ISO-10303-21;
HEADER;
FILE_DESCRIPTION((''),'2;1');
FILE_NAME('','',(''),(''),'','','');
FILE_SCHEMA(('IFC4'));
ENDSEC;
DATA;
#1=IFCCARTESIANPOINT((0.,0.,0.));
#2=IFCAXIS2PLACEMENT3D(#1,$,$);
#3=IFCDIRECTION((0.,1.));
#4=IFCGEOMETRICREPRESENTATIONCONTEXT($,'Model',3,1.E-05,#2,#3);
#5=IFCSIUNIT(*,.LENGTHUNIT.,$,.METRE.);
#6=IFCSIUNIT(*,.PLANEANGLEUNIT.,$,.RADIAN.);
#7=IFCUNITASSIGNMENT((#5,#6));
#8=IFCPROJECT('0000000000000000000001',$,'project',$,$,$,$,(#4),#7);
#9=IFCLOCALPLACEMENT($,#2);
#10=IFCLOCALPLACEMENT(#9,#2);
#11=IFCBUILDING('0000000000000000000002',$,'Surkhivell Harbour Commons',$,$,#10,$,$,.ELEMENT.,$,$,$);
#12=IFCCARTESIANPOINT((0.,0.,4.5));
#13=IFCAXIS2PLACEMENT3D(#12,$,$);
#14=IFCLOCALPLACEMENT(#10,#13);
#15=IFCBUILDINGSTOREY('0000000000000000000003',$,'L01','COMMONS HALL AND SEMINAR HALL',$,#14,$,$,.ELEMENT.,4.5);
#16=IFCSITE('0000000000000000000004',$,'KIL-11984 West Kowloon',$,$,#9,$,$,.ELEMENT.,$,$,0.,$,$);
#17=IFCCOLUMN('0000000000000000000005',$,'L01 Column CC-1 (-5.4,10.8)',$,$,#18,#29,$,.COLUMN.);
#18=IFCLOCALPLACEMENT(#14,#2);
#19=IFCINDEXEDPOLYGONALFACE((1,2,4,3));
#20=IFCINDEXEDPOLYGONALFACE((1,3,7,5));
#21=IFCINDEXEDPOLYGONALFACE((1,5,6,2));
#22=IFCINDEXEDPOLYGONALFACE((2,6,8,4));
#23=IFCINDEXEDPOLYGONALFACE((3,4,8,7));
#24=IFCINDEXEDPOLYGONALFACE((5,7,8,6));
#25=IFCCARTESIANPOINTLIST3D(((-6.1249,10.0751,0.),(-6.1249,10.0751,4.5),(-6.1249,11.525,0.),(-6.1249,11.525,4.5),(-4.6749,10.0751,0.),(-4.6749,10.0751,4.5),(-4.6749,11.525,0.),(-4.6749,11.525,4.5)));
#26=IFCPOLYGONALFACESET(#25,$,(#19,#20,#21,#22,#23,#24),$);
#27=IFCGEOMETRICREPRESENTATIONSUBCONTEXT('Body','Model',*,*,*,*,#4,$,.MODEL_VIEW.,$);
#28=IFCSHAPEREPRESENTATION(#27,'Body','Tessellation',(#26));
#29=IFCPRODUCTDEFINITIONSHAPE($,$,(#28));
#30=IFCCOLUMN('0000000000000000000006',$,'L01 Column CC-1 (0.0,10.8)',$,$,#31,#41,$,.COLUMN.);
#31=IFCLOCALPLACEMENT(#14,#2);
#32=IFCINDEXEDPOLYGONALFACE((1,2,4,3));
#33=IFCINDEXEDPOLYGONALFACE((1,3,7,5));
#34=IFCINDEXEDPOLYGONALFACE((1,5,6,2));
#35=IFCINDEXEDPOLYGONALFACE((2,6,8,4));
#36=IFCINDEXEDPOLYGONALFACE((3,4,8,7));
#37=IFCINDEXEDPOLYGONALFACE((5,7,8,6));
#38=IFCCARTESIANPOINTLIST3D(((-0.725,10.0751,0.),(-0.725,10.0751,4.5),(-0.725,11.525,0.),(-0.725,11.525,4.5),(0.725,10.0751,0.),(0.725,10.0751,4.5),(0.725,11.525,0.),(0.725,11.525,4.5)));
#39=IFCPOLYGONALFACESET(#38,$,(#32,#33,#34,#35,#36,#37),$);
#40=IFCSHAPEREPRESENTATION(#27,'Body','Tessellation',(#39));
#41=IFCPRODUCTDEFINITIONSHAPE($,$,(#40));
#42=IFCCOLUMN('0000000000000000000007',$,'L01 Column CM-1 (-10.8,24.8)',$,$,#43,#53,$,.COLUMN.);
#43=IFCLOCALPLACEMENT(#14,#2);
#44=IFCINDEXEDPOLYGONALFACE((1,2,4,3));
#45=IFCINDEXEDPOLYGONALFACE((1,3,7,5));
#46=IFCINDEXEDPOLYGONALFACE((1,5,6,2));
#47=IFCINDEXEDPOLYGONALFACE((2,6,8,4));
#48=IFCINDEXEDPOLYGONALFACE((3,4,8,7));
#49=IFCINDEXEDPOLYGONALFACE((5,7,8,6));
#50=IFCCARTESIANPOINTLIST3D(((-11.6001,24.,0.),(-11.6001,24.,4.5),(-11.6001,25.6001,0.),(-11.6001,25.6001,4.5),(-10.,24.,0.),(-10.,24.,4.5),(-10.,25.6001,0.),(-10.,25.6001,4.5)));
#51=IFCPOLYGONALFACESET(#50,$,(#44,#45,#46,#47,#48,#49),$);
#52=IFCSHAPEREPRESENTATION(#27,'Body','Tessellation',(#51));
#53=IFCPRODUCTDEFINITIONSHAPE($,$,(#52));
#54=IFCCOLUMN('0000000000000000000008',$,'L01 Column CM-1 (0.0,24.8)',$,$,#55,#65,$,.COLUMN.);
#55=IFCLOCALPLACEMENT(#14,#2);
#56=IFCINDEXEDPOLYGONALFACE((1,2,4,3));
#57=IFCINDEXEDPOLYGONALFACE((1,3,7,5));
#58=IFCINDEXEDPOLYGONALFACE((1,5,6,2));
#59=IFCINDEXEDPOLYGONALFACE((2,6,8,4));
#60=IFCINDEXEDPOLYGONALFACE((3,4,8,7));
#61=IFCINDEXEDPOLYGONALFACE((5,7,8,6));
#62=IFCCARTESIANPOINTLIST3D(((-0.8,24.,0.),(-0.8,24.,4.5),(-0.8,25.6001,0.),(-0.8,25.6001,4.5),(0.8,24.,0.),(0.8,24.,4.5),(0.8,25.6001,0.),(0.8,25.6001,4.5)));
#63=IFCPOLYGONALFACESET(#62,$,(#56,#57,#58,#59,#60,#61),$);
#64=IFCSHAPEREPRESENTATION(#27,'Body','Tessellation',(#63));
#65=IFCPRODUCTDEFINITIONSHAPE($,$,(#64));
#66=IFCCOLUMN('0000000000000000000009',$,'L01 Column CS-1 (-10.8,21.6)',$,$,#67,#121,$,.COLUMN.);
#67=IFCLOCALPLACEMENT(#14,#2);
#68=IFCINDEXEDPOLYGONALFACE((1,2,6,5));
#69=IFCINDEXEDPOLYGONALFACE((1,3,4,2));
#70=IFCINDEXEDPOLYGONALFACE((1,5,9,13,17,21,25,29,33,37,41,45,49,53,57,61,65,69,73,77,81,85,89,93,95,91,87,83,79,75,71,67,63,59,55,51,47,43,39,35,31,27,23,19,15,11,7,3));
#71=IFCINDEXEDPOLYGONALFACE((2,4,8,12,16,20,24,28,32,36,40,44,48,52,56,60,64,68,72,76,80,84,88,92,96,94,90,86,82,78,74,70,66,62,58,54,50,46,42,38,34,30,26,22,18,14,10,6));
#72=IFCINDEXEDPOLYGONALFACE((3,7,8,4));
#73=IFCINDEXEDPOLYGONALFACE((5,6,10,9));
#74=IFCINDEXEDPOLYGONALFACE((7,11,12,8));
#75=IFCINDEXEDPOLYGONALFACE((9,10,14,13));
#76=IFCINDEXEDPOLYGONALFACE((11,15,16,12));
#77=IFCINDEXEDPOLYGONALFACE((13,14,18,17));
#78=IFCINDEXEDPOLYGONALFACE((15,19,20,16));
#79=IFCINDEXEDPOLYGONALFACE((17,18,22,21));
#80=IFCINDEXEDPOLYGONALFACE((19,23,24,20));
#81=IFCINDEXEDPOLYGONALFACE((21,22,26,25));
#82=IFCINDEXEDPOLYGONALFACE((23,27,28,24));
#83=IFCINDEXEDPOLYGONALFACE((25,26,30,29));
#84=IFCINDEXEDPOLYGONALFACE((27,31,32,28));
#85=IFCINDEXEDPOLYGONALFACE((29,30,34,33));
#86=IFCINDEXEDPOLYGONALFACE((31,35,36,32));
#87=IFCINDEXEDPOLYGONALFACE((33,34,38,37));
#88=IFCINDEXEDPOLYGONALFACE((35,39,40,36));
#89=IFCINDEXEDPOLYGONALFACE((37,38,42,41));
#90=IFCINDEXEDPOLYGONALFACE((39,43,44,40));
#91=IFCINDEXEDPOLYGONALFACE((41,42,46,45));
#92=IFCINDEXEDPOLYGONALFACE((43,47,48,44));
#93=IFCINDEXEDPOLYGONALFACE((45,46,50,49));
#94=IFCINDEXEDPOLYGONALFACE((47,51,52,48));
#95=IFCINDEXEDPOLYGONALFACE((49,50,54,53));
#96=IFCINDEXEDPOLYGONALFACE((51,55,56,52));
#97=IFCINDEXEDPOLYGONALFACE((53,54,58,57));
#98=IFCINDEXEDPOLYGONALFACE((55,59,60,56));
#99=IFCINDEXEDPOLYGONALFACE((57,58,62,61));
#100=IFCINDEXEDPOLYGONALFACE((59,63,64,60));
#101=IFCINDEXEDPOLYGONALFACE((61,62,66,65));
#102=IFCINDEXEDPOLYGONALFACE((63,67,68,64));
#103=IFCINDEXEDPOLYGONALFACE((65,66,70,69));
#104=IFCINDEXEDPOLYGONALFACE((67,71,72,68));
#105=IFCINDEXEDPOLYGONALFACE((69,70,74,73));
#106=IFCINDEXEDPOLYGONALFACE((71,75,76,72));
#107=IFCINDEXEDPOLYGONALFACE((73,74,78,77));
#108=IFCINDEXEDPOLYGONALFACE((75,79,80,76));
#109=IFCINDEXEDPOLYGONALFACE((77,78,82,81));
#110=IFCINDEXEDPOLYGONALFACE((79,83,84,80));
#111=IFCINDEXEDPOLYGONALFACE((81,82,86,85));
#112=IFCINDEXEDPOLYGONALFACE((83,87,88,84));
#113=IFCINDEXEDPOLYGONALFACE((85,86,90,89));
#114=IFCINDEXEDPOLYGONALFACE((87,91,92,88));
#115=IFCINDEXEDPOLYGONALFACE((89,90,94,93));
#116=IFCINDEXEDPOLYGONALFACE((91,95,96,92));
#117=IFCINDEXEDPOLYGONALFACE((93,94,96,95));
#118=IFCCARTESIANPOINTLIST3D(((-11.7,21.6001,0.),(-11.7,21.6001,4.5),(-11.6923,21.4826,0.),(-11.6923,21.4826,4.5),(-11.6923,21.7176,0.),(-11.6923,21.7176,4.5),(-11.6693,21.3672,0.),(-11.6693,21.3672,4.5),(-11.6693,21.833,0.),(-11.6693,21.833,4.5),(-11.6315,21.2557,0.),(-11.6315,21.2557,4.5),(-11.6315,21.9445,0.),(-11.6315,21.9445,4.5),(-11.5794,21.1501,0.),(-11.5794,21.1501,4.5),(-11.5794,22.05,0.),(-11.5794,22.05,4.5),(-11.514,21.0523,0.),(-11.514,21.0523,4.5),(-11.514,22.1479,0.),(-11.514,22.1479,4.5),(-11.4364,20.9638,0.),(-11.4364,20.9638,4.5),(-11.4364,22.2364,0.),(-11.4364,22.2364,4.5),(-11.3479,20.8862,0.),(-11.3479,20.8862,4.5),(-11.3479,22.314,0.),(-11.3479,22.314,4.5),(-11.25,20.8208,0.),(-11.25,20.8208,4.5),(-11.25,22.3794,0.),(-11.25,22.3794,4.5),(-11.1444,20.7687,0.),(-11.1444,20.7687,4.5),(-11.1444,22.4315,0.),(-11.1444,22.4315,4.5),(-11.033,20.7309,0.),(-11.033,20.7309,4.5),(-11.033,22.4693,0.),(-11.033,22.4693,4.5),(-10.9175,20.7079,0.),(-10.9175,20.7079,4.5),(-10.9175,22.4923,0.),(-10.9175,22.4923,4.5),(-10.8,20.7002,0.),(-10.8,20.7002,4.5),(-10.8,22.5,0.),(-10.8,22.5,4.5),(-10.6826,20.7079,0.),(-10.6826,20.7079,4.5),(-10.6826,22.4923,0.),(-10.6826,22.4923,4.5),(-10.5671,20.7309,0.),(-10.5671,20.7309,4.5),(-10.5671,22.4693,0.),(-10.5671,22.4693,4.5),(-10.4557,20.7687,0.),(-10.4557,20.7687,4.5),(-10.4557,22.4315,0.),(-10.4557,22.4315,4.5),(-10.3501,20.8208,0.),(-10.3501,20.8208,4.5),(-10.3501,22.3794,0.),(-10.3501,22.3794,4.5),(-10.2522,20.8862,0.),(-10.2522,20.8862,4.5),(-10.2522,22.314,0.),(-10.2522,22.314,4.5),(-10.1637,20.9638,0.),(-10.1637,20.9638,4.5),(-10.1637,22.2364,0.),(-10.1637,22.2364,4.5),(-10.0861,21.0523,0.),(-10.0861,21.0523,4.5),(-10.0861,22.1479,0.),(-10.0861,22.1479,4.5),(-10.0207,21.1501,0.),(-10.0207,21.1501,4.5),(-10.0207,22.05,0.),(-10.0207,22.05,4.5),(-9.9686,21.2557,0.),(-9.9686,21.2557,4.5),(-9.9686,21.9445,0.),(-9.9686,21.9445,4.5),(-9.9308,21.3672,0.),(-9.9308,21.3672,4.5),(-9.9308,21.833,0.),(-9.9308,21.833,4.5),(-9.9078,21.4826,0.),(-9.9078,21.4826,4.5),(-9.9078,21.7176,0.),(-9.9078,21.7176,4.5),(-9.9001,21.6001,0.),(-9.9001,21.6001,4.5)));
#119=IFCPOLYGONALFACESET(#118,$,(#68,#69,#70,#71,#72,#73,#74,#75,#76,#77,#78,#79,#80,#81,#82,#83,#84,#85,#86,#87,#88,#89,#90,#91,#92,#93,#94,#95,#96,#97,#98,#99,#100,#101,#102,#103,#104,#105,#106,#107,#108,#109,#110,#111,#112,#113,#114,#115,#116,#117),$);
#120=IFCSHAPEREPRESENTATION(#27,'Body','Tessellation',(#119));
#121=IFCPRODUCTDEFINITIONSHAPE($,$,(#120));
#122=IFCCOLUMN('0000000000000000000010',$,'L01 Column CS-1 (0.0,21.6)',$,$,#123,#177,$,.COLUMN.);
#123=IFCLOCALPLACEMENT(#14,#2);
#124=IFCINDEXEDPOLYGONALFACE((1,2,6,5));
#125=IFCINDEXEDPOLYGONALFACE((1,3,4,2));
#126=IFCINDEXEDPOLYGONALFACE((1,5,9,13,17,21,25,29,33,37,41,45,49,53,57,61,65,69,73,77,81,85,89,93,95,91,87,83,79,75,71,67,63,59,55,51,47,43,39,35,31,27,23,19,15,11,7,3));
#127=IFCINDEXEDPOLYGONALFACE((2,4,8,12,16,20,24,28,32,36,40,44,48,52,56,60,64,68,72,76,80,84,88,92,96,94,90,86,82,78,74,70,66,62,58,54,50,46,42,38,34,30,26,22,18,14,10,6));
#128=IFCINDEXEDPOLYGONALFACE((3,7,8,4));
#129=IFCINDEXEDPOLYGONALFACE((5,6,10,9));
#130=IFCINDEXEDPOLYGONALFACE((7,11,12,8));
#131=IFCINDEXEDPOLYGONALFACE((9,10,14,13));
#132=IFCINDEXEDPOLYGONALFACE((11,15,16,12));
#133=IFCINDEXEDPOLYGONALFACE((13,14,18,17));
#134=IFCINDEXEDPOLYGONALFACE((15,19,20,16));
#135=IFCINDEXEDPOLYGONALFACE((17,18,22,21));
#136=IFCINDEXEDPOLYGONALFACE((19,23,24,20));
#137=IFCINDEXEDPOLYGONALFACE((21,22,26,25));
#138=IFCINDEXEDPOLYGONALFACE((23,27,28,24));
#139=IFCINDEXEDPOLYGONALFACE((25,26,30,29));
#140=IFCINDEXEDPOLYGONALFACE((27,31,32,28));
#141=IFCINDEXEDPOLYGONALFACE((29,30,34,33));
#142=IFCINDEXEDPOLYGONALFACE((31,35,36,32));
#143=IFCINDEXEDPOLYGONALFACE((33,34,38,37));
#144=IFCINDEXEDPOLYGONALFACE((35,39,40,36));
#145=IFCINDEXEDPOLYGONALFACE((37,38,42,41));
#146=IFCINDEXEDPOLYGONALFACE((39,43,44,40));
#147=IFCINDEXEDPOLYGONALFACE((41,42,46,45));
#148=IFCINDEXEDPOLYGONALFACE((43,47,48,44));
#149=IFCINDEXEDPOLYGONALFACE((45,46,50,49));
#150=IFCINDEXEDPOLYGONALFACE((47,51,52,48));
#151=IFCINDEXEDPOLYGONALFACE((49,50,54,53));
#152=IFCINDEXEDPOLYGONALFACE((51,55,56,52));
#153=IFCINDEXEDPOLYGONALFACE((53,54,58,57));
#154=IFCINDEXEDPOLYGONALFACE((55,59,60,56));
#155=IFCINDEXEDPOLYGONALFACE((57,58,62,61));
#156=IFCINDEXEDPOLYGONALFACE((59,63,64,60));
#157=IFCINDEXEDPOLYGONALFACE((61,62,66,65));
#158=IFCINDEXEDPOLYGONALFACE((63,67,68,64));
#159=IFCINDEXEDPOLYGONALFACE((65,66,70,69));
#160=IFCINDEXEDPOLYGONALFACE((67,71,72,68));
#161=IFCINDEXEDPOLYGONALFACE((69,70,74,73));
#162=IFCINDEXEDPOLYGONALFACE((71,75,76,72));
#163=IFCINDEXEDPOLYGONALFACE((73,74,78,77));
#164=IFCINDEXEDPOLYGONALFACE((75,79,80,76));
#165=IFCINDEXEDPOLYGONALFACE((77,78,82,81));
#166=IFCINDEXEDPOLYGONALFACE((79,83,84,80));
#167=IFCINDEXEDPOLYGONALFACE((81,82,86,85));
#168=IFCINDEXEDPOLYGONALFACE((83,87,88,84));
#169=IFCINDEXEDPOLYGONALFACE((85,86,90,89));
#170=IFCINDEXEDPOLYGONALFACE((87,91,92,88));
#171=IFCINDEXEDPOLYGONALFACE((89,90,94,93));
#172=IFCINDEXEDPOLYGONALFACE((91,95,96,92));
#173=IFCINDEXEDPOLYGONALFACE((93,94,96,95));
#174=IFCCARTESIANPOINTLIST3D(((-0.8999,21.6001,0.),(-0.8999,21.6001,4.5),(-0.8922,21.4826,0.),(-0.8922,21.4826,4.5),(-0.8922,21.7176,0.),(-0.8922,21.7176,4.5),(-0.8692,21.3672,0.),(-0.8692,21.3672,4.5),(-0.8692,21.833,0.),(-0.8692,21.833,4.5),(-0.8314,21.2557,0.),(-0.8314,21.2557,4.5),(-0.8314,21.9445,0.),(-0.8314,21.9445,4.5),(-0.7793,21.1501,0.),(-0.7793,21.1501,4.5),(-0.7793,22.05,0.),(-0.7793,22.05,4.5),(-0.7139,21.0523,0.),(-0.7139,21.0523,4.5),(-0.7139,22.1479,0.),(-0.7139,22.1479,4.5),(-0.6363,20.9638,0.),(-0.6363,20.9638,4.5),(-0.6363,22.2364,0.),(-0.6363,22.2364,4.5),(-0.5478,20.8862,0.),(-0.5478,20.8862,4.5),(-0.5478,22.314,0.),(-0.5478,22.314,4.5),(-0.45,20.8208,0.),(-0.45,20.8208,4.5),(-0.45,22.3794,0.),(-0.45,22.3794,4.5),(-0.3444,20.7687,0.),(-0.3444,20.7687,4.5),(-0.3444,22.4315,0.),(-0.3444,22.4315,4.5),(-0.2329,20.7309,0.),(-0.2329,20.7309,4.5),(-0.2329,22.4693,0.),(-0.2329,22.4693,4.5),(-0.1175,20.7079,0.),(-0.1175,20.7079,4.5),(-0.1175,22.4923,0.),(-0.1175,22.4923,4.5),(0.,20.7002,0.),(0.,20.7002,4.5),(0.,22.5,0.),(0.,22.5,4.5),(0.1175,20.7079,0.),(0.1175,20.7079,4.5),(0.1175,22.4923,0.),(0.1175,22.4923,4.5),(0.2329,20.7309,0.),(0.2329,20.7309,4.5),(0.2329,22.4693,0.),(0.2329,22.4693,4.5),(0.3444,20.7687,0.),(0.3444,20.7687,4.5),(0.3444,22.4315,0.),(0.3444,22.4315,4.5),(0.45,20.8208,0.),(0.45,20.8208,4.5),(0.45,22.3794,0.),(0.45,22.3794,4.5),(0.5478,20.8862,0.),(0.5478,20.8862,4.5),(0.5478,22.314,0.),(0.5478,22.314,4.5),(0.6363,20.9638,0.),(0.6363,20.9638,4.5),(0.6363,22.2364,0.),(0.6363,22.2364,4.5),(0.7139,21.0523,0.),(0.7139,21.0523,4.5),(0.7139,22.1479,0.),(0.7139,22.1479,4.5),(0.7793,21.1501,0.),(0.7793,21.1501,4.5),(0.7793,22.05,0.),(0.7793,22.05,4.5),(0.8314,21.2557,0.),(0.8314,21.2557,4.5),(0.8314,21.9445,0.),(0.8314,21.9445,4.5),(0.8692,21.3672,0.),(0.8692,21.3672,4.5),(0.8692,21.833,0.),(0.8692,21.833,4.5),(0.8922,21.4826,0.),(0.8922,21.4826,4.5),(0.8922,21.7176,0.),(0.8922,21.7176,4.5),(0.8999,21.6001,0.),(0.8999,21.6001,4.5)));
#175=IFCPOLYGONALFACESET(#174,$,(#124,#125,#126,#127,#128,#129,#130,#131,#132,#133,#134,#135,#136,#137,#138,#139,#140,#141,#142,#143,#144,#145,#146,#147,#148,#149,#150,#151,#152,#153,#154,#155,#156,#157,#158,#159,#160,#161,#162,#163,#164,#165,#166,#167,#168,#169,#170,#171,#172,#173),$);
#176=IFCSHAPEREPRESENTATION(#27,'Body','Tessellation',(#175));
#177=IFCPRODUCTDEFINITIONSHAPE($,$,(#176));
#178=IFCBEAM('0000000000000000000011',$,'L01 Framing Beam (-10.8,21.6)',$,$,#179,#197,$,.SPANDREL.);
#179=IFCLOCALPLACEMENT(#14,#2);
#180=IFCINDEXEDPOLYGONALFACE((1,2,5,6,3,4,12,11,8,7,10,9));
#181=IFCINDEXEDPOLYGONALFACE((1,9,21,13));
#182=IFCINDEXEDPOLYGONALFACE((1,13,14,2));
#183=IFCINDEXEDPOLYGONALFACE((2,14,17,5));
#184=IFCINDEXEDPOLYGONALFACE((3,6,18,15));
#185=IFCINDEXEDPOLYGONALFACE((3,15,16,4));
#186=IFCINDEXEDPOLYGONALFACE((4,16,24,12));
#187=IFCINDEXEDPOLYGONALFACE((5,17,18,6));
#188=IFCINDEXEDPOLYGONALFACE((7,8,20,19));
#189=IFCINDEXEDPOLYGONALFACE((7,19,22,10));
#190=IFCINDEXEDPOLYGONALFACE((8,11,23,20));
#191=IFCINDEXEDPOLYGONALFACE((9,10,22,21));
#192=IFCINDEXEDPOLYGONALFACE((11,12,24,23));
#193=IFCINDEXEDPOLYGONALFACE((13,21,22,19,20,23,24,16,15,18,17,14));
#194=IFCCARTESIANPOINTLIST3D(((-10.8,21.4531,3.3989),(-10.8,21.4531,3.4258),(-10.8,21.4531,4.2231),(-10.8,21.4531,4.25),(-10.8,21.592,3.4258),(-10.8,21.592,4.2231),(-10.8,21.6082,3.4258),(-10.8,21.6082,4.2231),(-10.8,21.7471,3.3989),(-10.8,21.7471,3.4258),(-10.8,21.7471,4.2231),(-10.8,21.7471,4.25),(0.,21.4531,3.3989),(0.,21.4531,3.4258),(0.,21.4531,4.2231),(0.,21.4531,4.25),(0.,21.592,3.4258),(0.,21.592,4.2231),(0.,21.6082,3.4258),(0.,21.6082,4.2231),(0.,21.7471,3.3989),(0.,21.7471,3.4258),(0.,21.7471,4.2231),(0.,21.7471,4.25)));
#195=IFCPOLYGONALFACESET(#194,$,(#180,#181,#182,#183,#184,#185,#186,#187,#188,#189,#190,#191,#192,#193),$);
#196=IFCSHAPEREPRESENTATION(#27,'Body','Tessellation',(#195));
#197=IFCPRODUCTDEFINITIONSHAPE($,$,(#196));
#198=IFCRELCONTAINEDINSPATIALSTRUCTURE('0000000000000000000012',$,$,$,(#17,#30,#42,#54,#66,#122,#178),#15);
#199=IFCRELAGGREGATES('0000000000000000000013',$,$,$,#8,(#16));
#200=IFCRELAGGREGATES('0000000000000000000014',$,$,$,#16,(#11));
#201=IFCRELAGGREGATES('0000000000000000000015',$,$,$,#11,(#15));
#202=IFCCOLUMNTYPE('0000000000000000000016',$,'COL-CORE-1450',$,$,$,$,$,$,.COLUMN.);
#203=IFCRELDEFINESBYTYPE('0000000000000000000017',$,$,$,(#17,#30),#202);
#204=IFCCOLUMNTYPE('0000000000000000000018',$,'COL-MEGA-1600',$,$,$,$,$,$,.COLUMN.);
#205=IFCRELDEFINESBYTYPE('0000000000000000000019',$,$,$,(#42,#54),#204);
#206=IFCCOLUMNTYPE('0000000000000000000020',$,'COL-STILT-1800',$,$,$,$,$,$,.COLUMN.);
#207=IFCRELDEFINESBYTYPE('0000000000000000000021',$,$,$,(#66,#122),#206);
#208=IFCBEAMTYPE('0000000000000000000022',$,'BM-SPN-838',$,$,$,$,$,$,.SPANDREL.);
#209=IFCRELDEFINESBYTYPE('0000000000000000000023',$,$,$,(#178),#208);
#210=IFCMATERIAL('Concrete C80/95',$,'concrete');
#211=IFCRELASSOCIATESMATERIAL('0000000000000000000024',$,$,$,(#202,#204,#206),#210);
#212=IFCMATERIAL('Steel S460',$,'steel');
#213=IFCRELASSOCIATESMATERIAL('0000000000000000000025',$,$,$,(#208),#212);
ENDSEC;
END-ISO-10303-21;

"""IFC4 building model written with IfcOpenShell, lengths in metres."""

from ifc_helpers import new_model, si_unit, direction, frame, origin, origin_2d, place, context, subcontext, project, spatial, rectangle, circle, i_section, extrude, material, material_profile, profile_set, type_object, element, save


model = new_model("IFC4")

# Units and contexts
model_context = context("Model", 3, precision=1e-05, world=origin(), true_north=direction((0.0, 1.0)))
body_context = subcontext(model_context, "Body", "Model", "MODEL_VIEW")
ifc_project = project(units=[si_unit("LENGTHUNIT", "METRE"), si_unit("PLANEANGLEUNIT", "RADIAN")], contexts=[model_context])

# Site, building, storey
site_placement = place(None, origin())
site = spatial("IfcSite", under=ifc_project, at=site_placement, Name="KIL-11984 West Kowloon", CompositionType="ELEMENT", RefElevation=0.0)
building_placement = place(site_placement, origin())
building = spatial("IfcBuilding", under=site, at=building_placement, Name="Surkhivell Harbour Commons", CompositionType="ELEMENT")
storey_placement = place(building_placement, frame((0.0, 0.0, 4.5)))
storey = spatial("IfcBuildingStorey", under=building, at=storey_placement, Name="L01", Description="COMMONS HALL AND SEMINAR HALL", CompositionType="ELEMENT", Elevation=4.5)

# Columns
ifc_material_1 = material(Name="Concrete C80/95", Category="concrete")
ifc_material_profile_1 = material_profile(ifc_material_1, rectangle(XDim=1.45, YDim=1.45, at=origin_2d()), Name="RC-COL-1450x1450")
ifc_profile_set_1 = profile_set([ifc_material_profile_1], Name="Concrete C80/95")
column_type_1 = type_object("IfcColumnType", Name="COL-CORE-1450", PredefinedType="COLUMN", material=ifc_profile_set_1)
for number, where, z_axis, x_axis, name in (
    (1, (-5.3999, 10.8, 0.0), (0.0, 0.0, 1.0), (1.0, 0.0, 0.0), "L01 Column CC-1 (-5.4,10.8)"),
    (2, (0.0, 10.8, 0.0), (0.0, 0.0, 1.0), (1.0, 0.0, 0.0), "L01 Column CC-1 (0.0,10.8)"),
):
    element("IfcColumn", number, at=place(storey_placement, frame(where, z_axis=z_axis, x_axis=x_axis)), inside=storey, type_object=column_type_1, Name=name, PredefinedType="COLUMN", context=body_context, shape_type="SweptSolid", body=[
        extrude(rectangle(XDim=1.45, YDim=1.45, at=origin_2d()), origin(), (0.0, 0.0, 1.0), 4.5),
    ])
ifc_material_profile_2 = material_profile(ifc_material_1, rectangle(XDim=1.6001, YDim=1.6001, at=origin_2d()), Name="RC-COL-1600x1600")
ifc_profile_set_2 = profile_set([ifc_material_profile_2], Name="Concrete C80/95")
column_type_2 = type_object("IfcColumnType", Name="COL-MEGA-1600", PredefinedType="COLUMN", material=ifc_profile_set_2)
for number, where, z_axis, x_axis, name in (
    (3, (-10.8, 24.8, 0.0), (0.0, 0.0, 1.0), (1.0, 0.0, 0.0), "L01 Column CM-1 (-10.8,24.8)"),
    (4, (0.0, 24.8, 0.0), (0.0, 0.0, 1.0), (1.0, 0.0, 0.0), "L01 Column CM-1 (0.0,24.8)"),
):
    element("IfcColumn", number, at=place(storey_placement, frame(where, z_axis=z_axis, x_axis=x_axis)), inside=storey, type_object=column_type_2, Name=name, PredefinedType="COLUMN", context=body_context, shape_type="SweptSolid", body=[
        extrude(rectangle(XDim=1.6001, YDim=1.6001, at=origin_2d()), origin(), (0.0, 0.0, 1.0), 4.5),
    ])
ifc_material_profile_3 = material_profile(ifc_material_1, circle(Radius=0.8999, at=origin_2d()), Name="RC-CIRC-1800")
ifc_profile_set_3 = profile_set([ifc_material_profile_3], Name="Concrete C80/95")
column_type_3 = type_object("IfcColumnType", Name="COL-STILT-1800", PredefinedType="COLUMN", material=ifc_profile_set_3)
for number, where, z_axis, x_axis, name in (
    (5, (-10.8, 21.6001, 0.0), (0.0, 0.0, 1.0), (1.0, 0.0, 0.0), "L01 Column CS-1 (-10.8,21.6)"),
    (6, (0.0, 21.6001, 0.0), (0.0, 0.0, 1.0), (1.0, 0.0, 0.0), "L01 Column CS-1 (0.0,21.6)"),
):
    element("IfcColumn", number, at=place(storey_placement, frame(where, z_axis=z_axis, x_axis=x_axis)), inside=storey, type_object=column_type_3, Name=name, PredefinedType="COLUMN", context=body_context, shape_type="SweptSolid", body=[
        extrude(circle(Radius=0.8999, at=origin_2d()), origin(), (0.0, 0.0, 1.0), 4.5),
    ])

# Beam
ifc_material_2 = material(Name="Steel S460", Category="steel")
ifc_material_profile_4 = material_profile(ifc_material_2, i_section(OverallWidth=0.2939, OverallDepth=0.8511, WebThickness=0.0161, FlangeThickness=0.0269, at=origin_2d()), Name="UB838x292x226")
ifc_profile_set_4 = profile_set([ifc_material_profile_4], Name="Steel S460")
beam_type = type_object("IfcBeamType", Name="BM-SPN-838", PredefinedType="SPANDREL", material=ifc_profile_set_4)
beam_placement = place(storey_placement, frame((-10.8, 21.6001, 3.8245), z_axis=(1.0, 0.0, 0.0), x_axis=(0.0, 1.0, 0.0)))
element("IfcBeam", 7, at=beam_placement, inside=storey, type_object=beam_type, Name="L01 Framing Beam (-10.8,21.6)", PredefinedType="SPANDREL", context=body_context, shape_type="SweptSolid", body=[
    extrude(i_section(OverallWidth=0.2939, OverallDepth=0.8511, WebThickness=0.0161, FlangeThickness=0.0269, at=origin_2d()), origin(), (0.0, 0.0, 1.0), 10.8),
])

save(model, "model.ifc")
